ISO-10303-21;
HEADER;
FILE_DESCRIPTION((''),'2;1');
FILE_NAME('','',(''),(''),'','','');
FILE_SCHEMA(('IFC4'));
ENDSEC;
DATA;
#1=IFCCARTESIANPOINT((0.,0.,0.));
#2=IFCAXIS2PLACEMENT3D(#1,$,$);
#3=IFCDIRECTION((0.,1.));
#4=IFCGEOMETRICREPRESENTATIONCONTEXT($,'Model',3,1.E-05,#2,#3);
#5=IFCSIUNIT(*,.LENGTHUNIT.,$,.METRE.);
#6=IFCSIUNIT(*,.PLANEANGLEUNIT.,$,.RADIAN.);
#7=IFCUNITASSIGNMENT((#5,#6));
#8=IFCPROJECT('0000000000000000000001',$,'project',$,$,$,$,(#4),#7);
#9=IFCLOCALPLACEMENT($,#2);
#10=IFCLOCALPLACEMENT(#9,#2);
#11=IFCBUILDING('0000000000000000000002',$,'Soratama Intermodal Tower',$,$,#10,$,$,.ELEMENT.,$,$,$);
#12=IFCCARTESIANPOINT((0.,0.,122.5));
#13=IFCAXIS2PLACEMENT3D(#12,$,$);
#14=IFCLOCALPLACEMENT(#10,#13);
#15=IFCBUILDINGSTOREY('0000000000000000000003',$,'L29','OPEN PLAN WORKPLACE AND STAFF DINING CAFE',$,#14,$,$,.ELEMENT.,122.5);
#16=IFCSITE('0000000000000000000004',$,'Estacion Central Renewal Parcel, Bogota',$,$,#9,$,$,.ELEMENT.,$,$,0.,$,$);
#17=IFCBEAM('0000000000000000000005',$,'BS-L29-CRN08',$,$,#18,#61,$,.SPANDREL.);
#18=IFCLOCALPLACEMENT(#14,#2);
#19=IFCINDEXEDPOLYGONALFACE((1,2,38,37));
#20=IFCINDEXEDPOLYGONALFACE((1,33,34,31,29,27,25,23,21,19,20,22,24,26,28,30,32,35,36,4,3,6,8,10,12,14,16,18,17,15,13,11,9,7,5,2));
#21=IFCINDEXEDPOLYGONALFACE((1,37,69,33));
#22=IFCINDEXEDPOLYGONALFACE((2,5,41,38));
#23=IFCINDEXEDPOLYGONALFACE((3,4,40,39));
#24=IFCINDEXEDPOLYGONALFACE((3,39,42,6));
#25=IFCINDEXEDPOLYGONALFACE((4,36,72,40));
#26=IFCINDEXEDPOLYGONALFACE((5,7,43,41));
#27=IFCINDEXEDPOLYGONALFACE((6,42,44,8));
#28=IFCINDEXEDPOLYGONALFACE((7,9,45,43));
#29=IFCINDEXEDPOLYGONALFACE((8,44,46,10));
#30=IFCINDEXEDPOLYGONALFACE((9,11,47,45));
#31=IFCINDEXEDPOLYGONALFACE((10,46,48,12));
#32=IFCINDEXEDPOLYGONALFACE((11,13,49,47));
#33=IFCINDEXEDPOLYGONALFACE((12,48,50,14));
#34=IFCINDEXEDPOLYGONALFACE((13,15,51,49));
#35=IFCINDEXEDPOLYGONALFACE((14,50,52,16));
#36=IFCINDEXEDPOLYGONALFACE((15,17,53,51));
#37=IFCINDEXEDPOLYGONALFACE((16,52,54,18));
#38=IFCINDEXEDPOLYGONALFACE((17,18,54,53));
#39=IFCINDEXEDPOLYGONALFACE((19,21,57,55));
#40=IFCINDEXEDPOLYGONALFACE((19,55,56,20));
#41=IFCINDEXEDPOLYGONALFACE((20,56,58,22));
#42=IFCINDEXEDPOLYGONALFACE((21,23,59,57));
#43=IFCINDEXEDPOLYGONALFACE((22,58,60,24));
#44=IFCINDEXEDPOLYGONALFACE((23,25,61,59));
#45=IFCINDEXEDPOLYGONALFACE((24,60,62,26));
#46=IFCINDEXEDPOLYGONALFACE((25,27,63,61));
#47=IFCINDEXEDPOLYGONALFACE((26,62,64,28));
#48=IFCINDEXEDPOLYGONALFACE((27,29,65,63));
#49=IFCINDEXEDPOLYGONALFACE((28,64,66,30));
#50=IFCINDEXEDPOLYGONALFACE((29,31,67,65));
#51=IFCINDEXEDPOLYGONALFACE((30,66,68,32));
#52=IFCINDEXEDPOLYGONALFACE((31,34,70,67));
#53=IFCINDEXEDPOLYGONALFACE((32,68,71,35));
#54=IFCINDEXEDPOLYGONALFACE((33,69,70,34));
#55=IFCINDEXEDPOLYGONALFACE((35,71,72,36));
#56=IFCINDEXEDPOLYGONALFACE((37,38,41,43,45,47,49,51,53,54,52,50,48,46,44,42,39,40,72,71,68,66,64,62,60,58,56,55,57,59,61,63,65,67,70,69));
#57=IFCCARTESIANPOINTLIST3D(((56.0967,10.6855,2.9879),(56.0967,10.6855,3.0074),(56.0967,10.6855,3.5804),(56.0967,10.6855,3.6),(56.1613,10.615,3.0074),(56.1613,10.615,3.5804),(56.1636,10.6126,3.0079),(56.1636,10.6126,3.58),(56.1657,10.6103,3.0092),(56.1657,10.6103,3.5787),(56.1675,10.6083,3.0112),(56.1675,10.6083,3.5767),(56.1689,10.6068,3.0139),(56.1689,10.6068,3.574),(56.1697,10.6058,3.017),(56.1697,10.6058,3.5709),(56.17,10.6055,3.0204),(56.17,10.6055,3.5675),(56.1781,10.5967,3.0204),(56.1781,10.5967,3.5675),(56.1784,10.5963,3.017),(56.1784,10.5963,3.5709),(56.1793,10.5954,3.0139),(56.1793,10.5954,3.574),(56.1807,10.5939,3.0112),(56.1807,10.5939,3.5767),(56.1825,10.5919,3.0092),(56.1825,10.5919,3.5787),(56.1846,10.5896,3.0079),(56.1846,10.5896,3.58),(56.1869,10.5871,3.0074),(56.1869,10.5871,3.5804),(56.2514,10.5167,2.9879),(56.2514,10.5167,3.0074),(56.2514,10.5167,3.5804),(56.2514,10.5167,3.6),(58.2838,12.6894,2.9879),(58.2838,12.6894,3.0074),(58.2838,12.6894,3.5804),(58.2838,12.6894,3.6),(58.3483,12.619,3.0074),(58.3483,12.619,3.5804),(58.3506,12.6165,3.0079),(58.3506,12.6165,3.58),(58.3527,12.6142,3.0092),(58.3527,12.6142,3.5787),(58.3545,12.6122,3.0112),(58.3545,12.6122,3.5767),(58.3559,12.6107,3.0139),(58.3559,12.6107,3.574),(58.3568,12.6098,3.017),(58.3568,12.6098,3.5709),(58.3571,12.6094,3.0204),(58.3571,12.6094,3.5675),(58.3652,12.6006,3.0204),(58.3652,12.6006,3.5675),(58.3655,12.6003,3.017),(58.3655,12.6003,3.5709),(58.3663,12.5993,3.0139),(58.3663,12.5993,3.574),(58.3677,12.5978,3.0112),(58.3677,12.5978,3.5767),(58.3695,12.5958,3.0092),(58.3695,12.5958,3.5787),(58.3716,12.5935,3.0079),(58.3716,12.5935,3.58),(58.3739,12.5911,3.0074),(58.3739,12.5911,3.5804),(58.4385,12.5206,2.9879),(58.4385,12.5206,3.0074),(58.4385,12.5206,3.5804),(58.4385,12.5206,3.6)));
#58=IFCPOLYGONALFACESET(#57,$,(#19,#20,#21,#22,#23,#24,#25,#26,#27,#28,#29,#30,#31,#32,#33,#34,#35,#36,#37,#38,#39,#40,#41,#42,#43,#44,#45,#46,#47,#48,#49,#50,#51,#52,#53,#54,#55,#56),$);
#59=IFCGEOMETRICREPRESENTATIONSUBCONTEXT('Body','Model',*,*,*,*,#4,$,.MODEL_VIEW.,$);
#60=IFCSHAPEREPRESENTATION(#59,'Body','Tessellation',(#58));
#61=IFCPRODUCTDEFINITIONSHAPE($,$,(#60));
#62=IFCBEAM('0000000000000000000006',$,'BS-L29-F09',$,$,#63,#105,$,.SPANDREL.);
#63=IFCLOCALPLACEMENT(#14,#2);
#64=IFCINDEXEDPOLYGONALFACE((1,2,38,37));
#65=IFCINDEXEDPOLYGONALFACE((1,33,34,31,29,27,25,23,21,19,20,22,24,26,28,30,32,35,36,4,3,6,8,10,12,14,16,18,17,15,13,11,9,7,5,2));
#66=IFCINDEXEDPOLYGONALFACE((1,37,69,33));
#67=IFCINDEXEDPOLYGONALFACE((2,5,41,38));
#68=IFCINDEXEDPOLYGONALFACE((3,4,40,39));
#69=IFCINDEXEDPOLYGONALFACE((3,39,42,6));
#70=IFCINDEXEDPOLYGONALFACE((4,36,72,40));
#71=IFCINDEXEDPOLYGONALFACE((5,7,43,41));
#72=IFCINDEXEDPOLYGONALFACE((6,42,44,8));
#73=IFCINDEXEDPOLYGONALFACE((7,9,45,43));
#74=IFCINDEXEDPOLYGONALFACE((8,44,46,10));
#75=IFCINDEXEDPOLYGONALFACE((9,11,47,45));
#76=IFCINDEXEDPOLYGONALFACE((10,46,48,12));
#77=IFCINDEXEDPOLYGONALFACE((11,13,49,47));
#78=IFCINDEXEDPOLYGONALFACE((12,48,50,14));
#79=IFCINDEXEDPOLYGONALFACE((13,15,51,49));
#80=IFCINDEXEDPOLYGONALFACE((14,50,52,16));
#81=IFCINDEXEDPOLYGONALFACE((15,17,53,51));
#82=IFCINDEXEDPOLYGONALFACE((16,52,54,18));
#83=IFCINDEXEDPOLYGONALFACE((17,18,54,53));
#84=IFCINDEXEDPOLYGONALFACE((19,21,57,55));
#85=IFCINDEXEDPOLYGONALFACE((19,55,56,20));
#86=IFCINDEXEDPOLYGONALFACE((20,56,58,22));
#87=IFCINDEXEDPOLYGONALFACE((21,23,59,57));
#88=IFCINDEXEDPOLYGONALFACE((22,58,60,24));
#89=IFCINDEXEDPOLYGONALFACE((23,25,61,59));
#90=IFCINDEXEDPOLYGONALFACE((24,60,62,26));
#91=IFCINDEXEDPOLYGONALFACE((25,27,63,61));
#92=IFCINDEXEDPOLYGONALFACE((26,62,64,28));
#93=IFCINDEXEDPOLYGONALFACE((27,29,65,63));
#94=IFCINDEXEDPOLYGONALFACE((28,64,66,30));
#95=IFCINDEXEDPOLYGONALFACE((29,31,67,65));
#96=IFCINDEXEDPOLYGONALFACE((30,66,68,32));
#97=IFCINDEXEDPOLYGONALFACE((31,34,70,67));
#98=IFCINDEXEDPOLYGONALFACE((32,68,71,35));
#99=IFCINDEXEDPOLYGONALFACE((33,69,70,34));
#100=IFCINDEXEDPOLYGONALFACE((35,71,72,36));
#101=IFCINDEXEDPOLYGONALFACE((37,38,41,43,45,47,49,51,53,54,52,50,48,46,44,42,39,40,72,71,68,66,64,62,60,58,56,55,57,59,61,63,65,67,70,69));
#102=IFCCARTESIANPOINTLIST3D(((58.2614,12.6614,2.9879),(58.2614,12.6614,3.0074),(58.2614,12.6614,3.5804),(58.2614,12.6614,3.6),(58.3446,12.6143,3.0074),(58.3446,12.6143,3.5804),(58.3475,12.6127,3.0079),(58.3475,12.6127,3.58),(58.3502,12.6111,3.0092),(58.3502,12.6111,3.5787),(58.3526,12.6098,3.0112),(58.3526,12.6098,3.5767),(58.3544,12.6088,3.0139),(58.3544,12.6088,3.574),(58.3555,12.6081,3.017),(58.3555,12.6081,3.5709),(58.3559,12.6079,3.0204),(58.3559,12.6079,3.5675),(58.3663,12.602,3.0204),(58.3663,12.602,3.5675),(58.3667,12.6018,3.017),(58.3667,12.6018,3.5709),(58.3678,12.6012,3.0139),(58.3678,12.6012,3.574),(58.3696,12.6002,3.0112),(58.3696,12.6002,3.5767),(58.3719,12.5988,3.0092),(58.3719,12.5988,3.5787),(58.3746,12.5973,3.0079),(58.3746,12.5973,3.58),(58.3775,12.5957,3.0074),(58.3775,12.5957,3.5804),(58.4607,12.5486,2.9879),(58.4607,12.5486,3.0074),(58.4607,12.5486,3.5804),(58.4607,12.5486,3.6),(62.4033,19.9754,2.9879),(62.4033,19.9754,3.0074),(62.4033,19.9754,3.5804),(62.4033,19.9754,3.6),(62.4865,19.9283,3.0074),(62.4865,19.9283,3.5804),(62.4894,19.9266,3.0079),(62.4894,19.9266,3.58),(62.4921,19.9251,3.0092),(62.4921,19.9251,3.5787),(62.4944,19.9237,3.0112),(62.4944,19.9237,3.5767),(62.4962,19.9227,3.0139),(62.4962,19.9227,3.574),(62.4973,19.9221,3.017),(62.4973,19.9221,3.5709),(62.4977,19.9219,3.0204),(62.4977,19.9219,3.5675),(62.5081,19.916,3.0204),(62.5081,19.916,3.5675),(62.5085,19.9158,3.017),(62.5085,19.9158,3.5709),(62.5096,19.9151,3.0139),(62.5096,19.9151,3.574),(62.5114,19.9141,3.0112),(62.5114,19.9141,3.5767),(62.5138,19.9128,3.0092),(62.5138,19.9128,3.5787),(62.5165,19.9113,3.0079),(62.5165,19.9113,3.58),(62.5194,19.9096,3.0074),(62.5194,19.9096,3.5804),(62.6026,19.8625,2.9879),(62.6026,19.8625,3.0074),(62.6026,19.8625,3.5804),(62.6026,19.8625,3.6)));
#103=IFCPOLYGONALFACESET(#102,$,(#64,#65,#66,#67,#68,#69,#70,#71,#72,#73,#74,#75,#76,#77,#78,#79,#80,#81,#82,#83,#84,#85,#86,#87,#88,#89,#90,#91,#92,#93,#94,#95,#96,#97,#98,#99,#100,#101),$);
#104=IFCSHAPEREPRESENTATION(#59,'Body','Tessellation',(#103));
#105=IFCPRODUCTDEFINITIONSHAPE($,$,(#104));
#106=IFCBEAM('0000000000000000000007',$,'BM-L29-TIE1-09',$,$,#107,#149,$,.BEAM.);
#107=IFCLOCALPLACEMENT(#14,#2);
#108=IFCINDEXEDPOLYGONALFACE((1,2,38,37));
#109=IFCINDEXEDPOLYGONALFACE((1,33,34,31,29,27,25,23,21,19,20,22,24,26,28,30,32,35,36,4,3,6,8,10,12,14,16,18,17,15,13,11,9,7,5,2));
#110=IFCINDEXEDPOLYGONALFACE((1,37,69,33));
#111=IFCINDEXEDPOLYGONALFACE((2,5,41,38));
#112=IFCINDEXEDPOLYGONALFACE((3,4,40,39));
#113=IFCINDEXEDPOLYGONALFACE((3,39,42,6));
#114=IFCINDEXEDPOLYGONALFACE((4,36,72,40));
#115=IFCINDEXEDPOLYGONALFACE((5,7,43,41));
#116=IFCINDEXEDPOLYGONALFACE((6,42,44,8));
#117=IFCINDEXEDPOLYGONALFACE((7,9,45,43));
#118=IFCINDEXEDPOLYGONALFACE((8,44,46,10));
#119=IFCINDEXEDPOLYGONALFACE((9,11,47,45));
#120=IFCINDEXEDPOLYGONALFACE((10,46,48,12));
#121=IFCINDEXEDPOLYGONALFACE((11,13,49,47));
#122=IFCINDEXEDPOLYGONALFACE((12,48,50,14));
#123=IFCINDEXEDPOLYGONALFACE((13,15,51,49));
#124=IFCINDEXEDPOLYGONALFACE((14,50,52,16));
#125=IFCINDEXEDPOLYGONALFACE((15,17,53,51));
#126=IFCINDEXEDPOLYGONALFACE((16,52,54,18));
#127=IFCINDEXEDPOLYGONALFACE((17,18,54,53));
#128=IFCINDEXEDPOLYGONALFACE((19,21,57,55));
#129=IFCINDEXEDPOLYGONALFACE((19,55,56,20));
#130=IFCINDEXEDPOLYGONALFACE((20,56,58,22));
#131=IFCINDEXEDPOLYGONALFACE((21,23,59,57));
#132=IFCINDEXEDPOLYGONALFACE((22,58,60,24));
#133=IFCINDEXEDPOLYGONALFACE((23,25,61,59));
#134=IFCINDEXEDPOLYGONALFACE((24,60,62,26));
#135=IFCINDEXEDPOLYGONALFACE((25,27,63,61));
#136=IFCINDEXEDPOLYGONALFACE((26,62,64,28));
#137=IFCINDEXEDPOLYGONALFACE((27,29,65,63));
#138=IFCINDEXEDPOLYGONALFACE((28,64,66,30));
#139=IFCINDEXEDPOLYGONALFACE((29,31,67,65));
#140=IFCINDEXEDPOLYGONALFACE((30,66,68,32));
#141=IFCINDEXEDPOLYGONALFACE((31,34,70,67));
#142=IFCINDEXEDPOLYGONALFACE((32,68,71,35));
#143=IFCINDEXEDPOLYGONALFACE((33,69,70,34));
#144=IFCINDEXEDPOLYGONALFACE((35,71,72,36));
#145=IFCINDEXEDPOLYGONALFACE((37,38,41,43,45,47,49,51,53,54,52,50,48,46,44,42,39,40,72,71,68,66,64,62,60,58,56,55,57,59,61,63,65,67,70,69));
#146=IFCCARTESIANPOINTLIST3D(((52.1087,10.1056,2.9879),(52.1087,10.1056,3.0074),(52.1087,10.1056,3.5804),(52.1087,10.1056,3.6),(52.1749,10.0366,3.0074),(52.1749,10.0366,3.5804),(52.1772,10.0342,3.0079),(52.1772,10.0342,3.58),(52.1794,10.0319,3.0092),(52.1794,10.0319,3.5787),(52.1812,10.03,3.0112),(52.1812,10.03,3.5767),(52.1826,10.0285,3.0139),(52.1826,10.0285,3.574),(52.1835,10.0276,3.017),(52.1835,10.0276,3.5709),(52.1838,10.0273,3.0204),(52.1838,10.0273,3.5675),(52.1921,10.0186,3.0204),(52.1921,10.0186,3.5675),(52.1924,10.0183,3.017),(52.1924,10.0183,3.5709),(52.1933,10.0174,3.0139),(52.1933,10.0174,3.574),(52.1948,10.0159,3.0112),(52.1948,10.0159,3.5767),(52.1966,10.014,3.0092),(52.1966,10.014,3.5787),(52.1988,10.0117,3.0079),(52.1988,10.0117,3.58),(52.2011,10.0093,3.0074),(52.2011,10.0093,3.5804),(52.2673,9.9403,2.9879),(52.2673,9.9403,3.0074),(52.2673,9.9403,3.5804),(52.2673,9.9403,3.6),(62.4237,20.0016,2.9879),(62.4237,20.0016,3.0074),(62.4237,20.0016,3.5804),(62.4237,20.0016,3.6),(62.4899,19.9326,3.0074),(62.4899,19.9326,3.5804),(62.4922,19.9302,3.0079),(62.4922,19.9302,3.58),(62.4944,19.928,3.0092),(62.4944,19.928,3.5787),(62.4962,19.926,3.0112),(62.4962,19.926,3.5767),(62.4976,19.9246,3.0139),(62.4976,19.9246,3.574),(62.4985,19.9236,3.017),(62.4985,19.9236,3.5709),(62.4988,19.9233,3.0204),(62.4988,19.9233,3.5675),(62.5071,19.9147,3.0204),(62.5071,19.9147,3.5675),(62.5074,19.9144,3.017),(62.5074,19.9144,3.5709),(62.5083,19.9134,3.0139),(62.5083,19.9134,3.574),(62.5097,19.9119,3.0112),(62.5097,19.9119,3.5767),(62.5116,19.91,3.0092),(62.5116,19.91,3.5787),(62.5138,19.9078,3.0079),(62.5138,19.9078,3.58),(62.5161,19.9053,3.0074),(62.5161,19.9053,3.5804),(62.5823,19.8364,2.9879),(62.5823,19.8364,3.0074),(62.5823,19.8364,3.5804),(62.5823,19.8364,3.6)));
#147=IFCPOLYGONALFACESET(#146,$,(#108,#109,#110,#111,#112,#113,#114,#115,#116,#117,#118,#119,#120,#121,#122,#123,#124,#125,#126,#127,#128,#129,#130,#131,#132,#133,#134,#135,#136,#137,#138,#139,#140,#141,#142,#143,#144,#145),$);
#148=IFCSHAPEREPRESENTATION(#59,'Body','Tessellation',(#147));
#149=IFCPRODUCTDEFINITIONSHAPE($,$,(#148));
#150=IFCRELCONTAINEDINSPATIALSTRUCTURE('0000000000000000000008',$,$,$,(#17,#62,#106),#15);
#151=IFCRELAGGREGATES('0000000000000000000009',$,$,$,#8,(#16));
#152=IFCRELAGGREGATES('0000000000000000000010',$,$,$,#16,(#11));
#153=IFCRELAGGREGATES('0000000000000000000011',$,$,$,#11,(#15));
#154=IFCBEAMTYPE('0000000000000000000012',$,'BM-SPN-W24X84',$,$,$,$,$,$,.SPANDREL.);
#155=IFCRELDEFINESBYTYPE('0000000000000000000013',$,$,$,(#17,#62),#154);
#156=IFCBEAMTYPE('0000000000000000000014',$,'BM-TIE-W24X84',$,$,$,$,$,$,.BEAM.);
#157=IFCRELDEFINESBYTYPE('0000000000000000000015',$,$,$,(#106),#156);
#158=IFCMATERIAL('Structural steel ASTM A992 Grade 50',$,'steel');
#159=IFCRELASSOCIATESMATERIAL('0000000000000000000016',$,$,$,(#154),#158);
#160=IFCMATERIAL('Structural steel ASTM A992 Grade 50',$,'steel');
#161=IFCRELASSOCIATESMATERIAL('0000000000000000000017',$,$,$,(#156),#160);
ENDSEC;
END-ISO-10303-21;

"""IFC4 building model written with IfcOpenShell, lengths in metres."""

from ifc_helpers import new_model, si_unit, direction, frame, origin, origin_2d, place, context, subcontext, project, spatial, i_section, extrude, material, material_profile, profile_set, type_object, element, save


model = new_model("IFC4")

# Units and contexts
model_context = context("Model", 3, precision=1e-05, world=origin(), true_north=direction((0.0, 1.0)))
body_context = subcontext(model_context, "Body", "Model", "MODEL_VIEW")
ifc_project = project(units=[si_unit("LENGTHUNIT", "METRE"), si_unit("PLANEANGLEUNIT", "RADIAN")], contexts=[model_context])

# Site, building, storey
site_placement = place(None, origin())
site = spatial("IfcSite", under=ifc_project, at=site_placement, Name="Estacion Central Renewal Parcel, Bogota", CompositionType="ELEMENT", RefElevation=0.0)
building_placement = place(site_placement, origin())
building = spatial("IfcBuilding", under=site, at=building_placement, Name="Soratama Intermodal Tower", CompositionType="ELEMENT")
storey_placement = place(building_placement, frame((0.0, 0.0, 122.5)))
storey = spatial("IfcBuildingStorey", under=building, at=storey_placement, Name="L29", Description="OPEN PLAN WORKPLACE AND STAFF DINING CAFE", CompositionType="ELEMENT", Elevation=122.5)

# Beams
ifc_material_1 = material(Name="Structural steel ASTM A992 Grade 50", Category="steel")
ifc_material_profile_1 = material_profile(ifc_material_1, i_section(OverallWidth=0.229, OverallDepth=0.6121, WebThickness=0.012, FlangeThickness=0.0195, FilletRadius=0.0129, at=origin_2d()), Name="W24X84")
ifc_profile_set_1 = profile_set([ifc_material_profile_1], Name="Structural steel ASTM A992 Grade 50")
beam_type_1 = type_object("IfcBeamType", Name="BM-SPN-W24X84", PredefinedType="SPANDREL", material=ifc_profile_set_1)
beam_1_placement = place(storey_placement, frame((56.1741, 10.6011, 3.2939), z_axis=(0.737298, 0.675568, 0.0), x_axis=(-0.675568, 0.737298, 0.0)))
element("IfcBeam", 1, at=beam_1_placement, inside=storey, type_object=beam_type_1, Name="BS-L29-CRN08", PredefinedType="SPANDREL", context=body_context, shape_type="SweptSolid", body=[
    extrude(i_section(OverallWidth=0.229, OverallDepth=0.6121, WebThickness=0.012, FlangeThickness=0.0195, FilletRadius=0.0129, at=origin_2d()), origin(), (0.0, 0.0, 1.0), 2.9663),
])
beam_2_placement = place(storey_placement, frame((58.3611, 12.605, 3.2939), z_axis=(0.492766, 0.870162, 0.0), x_axis=(-0.870162, 0.492766, 0.0)))
element("IfcBeam", 2, at=beam_2_placement, inside=storey, type_object=beam_type_1, Name="BS-L29-F09", PredefinedType="SPANDREL", context=body_context, shape_type="SweptSolid", body=[
    extrude(i_section(OverallWidth=0.229, OverallDepth=0.6121, WebThickness=0.012, FlangeThickness=0.0195, FilletRadius=0.0129, at=origin_2d()), origin(), (0.0, 0.0, 1.0), 8.4053),
])
ifc_material_2 = material(Name="Structural steel ASTM A992 Grade 50", Category="steel")
ifc_material_profile_2 = material_profile(ifc_material_2, i_section(OverallWidth=0.229, OverallDepth=0.6121, WebThickness=0.012, FlangeThickness=0.0195, FilletRadius=0.0129, at=origin_2d()), Name="W24X84")
ifc_profile_set_2 = profile_set([ifc_material_profile_2], Name="Structural steel ASTM A992 Grade 50")
beam_type_2 = type_object("IfcBeamType", Name="BM-TIE-W24X84", PredefinedType="BEAM", material=ifc_profile_set_2)
beam_3_placement = place(storey_placement, frame((52.188, 10.0229, 3.2939), z_axis=(0.721609, 0.692301, 0.0), x_axis=(-0.692301, 0.721609, 0.0)))
element("IfcBeam", 3, at=beam_3_placement, inside=storey, type_object=beam_type_2, Name="BM-L29-TIE1-09", PredefinedType="BEAM", context=body_context, shape_type="SweptSolid", body=[
    extrude(i_section(OverallWidth=0.229, OverallDepth=0.6121, WebThickness=0.012, FlangeThickness=0.0195, FilletRadius=0.0129, at=origin_2d()), origin(), (0.0, 0.0, 1.0), 14.2944),
])

save(model, "model.ifc")
